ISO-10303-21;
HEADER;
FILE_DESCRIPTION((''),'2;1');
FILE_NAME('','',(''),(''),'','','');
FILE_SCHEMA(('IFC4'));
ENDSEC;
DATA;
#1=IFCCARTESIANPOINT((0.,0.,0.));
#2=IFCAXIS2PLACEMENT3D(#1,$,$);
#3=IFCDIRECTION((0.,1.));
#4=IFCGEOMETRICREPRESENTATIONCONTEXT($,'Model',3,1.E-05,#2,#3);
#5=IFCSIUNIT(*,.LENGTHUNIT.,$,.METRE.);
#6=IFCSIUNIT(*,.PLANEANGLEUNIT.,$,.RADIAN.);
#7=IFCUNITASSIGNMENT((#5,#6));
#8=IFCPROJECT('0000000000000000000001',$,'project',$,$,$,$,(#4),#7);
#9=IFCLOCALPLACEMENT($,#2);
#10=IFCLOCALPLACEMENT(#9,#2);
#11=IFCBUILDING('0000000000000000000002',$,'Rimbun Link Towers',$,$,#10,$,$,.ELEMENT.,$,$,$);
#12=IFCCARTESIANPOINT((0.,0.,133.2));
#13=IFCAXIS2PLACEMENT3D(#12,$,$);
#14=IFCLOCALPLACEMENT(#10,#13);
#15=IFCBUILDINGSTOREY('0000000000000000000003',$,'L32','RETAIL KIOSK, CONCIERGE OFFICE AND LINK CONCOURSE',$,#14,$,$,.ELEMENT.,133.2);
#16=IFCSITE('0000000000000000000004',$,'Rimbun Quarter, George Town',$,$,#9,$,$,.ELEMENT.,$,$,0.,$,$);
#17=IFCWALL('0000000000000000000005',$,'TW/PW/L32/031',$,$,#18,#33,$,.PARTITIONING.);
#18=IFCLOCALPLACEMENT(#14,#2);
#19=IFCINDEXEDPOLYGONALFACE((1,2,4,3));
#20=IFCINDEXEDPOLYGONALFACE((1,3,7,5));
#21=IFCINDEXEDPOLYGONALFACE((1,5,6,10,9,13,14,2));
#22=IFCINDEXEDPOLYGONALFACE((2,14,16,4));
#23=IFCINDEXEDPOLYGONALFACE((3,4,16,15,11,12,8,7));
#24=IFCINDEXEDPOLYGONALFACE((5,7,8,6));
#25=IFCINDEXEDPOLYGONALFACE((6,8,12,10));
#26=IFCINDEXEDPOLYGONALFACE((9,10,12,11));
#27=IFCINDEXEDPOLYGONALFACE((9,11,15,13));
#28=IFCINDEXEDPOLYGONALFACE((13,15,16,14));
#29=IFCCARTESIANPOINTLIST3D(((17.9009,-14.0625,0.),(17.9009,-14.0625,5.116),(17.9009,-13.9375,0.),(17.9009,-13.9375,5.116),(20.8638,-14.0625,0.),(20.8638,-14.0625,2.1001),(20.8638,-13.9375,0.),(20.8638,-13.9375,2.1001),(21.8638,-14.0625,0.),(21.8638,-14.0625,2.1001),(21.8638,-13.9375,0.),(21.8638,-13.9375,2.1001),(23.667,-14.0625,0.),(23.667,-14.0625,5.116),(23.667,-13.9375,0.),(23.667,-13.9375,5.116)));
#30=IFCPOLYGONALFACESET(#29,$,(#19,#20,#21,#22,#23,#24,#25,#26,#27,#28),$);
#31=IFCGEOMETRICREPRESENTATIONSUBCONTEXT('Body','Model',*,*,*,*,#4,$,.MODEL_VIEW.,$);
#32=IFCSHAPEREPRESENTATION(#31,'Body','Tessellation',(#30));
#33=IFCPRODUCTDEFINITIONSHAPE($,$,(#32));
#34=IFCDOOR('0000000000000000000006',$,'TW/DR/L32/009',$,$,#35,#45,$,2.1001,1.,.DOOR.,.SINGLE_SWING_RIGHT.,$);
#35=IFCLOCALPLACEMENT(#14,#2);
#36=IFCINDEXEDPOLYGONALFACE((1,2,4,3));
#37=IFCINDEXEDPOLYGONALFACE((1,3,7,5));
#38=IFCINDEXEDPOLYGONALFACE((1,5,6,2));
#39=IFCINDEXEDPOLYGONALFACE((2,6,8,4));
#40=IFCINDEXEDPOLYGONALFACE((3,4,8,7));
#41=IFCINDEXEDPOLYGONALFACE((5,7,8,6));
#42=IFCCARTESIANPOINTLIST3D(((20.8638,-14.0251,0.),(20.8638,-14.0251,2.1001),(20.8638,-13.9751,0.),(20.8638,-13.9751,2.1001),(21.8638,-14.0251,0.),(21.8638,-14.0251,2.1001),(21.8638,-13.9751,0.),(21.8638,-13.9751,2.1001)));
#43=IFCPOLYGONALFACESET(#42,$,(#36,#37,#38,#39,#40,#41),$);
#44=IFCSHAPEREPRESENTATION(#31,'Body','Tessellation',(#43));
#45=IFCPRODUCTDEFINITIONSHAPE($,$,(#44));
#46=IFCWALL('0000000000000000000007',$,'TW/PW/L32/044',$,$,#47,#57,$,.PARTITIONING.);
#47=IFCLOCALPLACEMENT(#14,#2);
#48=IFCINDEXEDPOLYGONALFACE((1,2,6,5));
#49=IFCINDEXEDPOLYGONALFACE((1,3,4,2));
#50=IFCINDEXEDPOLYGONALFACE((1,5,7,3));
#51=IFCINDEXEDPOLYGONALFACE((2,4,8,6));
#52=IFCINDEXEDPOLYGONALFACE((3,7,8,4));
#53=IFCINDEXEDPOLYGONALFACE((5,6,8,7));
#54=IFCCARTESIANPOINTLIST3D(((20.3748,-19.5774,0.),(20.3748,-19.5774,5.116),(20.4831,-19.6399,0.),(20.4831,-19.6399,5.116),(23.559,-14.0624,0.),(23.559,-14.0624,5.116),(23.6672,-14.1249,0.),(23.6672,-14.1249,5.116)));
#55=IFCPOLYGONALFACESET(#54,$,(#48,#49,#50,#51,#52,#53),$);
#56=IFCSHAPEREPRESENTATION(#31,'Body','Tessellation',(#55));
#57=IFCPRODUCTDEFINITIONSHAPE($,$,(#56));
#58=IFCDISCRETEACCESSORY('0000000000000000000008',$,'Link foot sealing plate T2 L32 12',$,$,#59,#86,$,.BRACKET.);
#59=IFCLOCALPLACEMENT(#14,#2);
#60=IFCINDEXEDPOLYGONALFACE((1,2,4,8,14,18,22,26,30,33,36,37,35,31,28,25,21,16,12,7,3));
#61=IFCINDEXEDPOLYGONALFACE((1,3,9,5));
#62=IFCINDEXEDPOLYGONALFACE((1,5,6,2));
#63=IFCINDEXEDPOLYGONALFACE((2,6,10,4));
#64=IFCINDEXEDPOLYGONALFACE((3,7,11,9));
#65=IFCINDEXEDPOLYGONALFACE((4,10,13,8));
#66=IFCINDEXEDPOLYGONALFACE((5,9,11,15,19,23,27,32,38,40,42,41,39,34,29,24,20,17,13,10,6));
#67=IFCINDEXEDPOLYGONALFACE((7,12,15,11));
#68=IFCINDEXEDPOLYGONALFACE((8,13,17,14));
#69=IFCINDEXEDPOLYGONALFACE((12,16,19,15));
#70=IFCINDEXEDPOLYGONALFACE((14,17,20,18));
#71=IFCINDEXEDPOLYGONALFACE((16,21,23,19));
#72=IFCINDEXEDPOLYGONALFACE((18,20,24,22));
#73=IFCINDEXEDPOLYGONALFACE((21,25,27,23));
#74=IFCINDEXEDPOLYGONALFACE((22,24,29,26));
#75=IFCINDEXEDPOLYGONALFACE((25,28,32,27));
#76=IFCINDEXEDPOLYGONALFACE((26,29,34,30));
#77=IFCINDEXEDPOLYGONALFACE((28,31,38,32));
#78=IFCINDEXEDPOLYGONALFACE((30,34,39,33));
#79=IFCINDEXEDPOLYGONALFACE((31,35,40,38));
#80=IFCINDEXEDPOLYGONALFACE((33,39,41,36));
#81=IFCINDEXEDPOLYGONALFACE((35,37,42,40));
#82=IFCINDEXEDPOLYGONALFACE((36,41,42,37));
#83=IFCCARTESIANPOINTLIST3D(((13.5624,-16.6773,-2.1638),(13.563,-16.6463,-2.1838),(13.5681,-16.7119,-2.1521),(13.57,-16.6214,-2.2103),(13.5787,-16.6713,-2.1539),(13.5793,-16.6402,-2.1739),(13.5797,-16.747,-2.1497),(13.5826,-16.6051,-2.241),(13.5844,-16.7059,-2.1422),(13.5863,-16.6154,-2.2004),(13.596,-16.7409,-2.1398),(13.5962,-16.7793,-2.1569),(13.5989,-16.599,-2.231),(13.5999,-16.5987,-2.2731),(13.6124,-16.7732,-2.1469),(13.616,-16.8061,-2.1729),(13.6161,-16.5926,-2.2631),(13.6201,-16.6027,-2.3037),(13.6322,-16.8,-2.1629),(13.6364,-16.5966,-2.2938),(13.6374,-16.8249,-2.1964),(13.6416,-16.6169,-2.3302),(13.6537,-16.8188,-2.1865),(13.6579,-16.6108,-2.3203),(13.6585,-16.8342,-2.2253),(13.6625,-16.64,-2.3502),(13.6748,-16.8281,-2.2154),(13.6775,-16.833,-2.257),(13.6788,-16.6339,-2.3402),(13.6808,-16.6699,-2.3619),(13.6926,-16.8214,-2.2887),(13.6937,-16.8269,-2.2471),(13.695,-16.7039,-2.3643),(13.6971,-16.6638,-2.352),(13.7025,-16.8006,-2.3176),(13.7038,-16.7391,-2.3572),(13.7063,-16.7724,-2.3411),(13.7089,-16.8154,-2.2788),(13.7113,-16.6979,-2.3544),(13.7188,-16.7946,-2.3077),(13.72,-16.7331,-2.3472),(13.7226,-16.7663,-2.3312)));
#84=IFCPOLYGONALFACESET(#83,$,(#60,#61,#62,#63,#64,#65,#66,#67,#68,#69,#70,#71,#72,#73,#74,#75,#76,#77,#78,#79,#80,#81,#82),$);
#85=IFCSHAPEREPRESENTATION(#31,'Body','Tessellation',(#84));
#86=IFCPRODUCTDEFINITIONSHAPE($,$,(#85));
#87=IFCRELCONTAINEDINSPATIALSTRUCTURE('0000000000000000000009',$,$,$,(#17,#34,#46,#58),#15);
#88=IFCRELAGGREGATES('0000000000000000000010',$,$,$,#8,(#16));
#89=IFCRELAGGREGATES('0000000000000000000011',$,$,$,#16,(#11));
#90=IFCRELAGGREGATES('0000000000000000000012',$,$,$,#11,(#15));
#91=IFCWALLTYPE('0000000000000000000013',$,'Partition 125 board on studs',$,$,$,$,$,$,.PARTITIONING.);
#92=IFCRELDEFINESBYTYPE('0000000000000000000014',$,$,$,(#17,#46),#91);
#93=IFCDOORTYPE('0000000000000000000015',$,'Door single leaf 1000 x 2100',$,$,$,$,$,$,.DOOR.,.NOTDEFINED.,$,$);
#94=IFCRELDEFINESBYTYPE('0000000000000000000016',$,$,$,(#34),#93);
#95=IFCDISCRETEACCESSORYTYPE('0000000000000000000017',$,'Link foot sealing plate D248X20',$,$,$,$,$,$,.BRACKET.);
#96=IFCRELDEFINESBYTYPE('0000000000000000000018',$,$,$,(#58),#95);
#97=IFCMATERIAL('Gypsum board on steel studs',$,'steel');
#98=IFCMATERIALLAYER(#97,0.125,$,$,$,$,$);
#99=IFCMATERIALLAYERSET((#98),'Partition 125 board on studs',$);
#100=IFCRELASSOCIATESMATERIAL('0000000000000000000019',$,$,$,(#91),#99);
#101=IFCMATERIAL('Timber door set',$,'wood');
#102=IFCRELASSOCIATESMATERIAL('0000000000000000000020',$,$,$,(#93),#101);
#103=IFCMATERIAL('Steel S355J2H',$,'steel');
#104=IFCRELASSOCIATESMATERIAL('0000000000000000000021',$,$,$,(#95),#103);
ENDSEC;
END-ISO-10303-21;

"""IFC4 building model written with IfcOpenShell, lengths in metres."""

from ifc_helpers import new_model, si_unit, direction, frame, frame_2d, origin, origin_2d, place, context, subcontext, project, spatial, rectangle, circle, extrude, material, layer, layer_set, material_profile, profile_set, type_object, element, fill, save


model = new_model("IFC4")

# Units and contexts
model_context = context("Model", 3, precision=1e-05, world=origin(), true_north=direction((0.0, 1.0)))
body_context = subcontext(model_context, "Body", "Model", "MODEL_VIEW")
ifc_project = project(units=[si_unit("LENGTHUNIT", "METRE"), si_unit("PLANEANGLEUNIT", "RADIAN")], contexts=[model_context])

# Site, building, storey
site_placement = place(None, origin())
site = spatial("IfcSite", under=ifc_project, at=site_placement, Name="Rimbun Quarter, George Town", CompositionType="ELEMENT", RefElevation=0.0)
building_placement = place(site_placement, origin())
building = spatial("IfcBuilding", under=site, at=building_placement, Name="Rimbun Link Towers", CompositionType="ELEMENT")
storey_placement = place(building_placement, frame((0.0, 0.0, 133.2)))
storey = spatial("IfcBuildingStorey", under=building, at=storey_placement, Name="L32", Description="RETAIL KIOSK, CONCIERGE OFFICE AND LINK CONCOURSE", CompositionType="ELEMENT", Elevation=133.2)

# Shared definitions
ifc_material_1 = material(Name="Gypsum board on steel studs", Category="steel")
ifc_layer_1 = layer(ifc_material_1, 0.125)
ifc_layer_set_1 = layer_set([ifc_layer_1], Name="Partition 125 board on studs")
wall_type = type_object("IfcWallType", Name="Partition 125 board on studs", PredefinedType="PARTITIONING", material=ifc_layer_set_1)

# Wall, opening, door
wall_1_placement = place(storey_placement, frame((17.9009, -14.0, 0.0), z_axis=(0.0, 0.0, 1.0), x_axis=(1.0, 0.0, 0.0)))
wall_1 = element("IfcWall", 1, at=wall_1_placement, inside=storey, type_object=wall_type, Name="TW/PW/L32/031", PredefinedType="PARTITIONING", context=body_context, shape_type="SweptSolid", body=[
    extrude(rectangle(XDim=5.7661, YDim=0.125, at=frame_2d((2.8831, 0.0))), origin(), (0.0, 0.0, 1.0), 5.116),
])
opening_placement = place(wall_1_placement, frame((2.9629, 0.0, 0.0)))
opening = element("IfcOpeningElement", 2, at=opening_placement, cuts=wall_1, PredefinedType="OPENING", context=body_context, shape_type="SweptSolid", body=[
    extrude(rectangle(XDim=1.0, YDim=2.1001, at=frame_2d((0.5, 1.05))), frame((0.0, 0.0725, 0.0), z_axis=(0.0, -1.0, 0.0), x_axis=(1.0, 0.0, 0.0)), (0.0, 0.0, 1.0), 0.145),
])
ifc_material_2 = material(Name="Timber door set", Category="wood")
door_type = type_object("IfcDoorType", Name="Door single leaf 1000 x 2100", OperationType="NOTDEFINED", PredefinedType="DOOR", material=ifc_material_2)
door_placement = place(opening_placement, origin())
door = element("IfcDoor", 3, at=door_placement, inside=storey, type_object=door_type, Name="TW/DR/L32/009", OperationType="SINGLE_SWING_RIGHT", OverallHeight=2.1001, OverallWidth=1.0, PredefinedType="DOOR", context=body_context, shape_type="SweptSolid", body=[
    extrude(rectangle(XDim=1.0, YDim=2.1001, at=frame_2d((0.5, 1.05))), frame((0.0, 0.0249, 0.0), z_axis=(0.0, -1.0, 0.0), x_axis=(1.0, 0.0, 0.0)), (0.0, 0.0, 1.0), 0.05),
])
fill(opening, door)

# Wall
wall_2_placement = place(storey_placement, frame((20.429, -19.6086, 0.0), z_axis=(0.0, 0.0, 1.0), x_axis=(0.500007, 0.866022, 0.0)))
element("IfcWall", 4, at=wall_2_placement, inside=storey, type_object=wall_type, Name="TW/PW/L32/044", PredefinedType="PARTITIONING", context=body_context, shape_type="SweptSolid", body=[
    extrude(rectangle(XDim=6.3682, YDim=0.125, at=frame_2d((3.1841, 0.0))), origin(), (0.0, 0.0, 1.0), 5.116),
])

# Discrete accessory
ifc_material_3 = material(Name="Steel S355J2H", Category="steel")
ifc_material_profile_1 = material_profile(ifc_material_3, circle(Radius=0.124, at=origin_2d()), Name="PL D248")
ifc_profile_set_1 = profile_set([ifc_material_profile_1], Name="Steel S355J2H")
discrete_accessory_type = type_object("IfcDiscreteAccessoryType", Name="Link foot sealing plate D248X20", PredefinedType="BRACKET", material=ifc_profile_set_1)
discrete_accessory_placement = place(storey_placement, frame((13.6504, -16.7107, -2.2471), z_axis=(-0.812793, -0.303281, -0.497381), x_axis=(0.349591, -0.936903, 0.0)))
element("IfcDiscreteAccessory", 5, at=discrete_accessory_placement, inside=storey, type_object=discrete_accessory_type, Name="Link foot sealing plate T2 L32 12", PredefinedType="BRACKET", context=body_context, shape_type="SweptSolid", body=[
    extrude(circle(Radius=0.124, at=origin_2d()), origin(), (0.0, 0.0, 1.0), 0.02),
])

save(model, "model.ifc")
